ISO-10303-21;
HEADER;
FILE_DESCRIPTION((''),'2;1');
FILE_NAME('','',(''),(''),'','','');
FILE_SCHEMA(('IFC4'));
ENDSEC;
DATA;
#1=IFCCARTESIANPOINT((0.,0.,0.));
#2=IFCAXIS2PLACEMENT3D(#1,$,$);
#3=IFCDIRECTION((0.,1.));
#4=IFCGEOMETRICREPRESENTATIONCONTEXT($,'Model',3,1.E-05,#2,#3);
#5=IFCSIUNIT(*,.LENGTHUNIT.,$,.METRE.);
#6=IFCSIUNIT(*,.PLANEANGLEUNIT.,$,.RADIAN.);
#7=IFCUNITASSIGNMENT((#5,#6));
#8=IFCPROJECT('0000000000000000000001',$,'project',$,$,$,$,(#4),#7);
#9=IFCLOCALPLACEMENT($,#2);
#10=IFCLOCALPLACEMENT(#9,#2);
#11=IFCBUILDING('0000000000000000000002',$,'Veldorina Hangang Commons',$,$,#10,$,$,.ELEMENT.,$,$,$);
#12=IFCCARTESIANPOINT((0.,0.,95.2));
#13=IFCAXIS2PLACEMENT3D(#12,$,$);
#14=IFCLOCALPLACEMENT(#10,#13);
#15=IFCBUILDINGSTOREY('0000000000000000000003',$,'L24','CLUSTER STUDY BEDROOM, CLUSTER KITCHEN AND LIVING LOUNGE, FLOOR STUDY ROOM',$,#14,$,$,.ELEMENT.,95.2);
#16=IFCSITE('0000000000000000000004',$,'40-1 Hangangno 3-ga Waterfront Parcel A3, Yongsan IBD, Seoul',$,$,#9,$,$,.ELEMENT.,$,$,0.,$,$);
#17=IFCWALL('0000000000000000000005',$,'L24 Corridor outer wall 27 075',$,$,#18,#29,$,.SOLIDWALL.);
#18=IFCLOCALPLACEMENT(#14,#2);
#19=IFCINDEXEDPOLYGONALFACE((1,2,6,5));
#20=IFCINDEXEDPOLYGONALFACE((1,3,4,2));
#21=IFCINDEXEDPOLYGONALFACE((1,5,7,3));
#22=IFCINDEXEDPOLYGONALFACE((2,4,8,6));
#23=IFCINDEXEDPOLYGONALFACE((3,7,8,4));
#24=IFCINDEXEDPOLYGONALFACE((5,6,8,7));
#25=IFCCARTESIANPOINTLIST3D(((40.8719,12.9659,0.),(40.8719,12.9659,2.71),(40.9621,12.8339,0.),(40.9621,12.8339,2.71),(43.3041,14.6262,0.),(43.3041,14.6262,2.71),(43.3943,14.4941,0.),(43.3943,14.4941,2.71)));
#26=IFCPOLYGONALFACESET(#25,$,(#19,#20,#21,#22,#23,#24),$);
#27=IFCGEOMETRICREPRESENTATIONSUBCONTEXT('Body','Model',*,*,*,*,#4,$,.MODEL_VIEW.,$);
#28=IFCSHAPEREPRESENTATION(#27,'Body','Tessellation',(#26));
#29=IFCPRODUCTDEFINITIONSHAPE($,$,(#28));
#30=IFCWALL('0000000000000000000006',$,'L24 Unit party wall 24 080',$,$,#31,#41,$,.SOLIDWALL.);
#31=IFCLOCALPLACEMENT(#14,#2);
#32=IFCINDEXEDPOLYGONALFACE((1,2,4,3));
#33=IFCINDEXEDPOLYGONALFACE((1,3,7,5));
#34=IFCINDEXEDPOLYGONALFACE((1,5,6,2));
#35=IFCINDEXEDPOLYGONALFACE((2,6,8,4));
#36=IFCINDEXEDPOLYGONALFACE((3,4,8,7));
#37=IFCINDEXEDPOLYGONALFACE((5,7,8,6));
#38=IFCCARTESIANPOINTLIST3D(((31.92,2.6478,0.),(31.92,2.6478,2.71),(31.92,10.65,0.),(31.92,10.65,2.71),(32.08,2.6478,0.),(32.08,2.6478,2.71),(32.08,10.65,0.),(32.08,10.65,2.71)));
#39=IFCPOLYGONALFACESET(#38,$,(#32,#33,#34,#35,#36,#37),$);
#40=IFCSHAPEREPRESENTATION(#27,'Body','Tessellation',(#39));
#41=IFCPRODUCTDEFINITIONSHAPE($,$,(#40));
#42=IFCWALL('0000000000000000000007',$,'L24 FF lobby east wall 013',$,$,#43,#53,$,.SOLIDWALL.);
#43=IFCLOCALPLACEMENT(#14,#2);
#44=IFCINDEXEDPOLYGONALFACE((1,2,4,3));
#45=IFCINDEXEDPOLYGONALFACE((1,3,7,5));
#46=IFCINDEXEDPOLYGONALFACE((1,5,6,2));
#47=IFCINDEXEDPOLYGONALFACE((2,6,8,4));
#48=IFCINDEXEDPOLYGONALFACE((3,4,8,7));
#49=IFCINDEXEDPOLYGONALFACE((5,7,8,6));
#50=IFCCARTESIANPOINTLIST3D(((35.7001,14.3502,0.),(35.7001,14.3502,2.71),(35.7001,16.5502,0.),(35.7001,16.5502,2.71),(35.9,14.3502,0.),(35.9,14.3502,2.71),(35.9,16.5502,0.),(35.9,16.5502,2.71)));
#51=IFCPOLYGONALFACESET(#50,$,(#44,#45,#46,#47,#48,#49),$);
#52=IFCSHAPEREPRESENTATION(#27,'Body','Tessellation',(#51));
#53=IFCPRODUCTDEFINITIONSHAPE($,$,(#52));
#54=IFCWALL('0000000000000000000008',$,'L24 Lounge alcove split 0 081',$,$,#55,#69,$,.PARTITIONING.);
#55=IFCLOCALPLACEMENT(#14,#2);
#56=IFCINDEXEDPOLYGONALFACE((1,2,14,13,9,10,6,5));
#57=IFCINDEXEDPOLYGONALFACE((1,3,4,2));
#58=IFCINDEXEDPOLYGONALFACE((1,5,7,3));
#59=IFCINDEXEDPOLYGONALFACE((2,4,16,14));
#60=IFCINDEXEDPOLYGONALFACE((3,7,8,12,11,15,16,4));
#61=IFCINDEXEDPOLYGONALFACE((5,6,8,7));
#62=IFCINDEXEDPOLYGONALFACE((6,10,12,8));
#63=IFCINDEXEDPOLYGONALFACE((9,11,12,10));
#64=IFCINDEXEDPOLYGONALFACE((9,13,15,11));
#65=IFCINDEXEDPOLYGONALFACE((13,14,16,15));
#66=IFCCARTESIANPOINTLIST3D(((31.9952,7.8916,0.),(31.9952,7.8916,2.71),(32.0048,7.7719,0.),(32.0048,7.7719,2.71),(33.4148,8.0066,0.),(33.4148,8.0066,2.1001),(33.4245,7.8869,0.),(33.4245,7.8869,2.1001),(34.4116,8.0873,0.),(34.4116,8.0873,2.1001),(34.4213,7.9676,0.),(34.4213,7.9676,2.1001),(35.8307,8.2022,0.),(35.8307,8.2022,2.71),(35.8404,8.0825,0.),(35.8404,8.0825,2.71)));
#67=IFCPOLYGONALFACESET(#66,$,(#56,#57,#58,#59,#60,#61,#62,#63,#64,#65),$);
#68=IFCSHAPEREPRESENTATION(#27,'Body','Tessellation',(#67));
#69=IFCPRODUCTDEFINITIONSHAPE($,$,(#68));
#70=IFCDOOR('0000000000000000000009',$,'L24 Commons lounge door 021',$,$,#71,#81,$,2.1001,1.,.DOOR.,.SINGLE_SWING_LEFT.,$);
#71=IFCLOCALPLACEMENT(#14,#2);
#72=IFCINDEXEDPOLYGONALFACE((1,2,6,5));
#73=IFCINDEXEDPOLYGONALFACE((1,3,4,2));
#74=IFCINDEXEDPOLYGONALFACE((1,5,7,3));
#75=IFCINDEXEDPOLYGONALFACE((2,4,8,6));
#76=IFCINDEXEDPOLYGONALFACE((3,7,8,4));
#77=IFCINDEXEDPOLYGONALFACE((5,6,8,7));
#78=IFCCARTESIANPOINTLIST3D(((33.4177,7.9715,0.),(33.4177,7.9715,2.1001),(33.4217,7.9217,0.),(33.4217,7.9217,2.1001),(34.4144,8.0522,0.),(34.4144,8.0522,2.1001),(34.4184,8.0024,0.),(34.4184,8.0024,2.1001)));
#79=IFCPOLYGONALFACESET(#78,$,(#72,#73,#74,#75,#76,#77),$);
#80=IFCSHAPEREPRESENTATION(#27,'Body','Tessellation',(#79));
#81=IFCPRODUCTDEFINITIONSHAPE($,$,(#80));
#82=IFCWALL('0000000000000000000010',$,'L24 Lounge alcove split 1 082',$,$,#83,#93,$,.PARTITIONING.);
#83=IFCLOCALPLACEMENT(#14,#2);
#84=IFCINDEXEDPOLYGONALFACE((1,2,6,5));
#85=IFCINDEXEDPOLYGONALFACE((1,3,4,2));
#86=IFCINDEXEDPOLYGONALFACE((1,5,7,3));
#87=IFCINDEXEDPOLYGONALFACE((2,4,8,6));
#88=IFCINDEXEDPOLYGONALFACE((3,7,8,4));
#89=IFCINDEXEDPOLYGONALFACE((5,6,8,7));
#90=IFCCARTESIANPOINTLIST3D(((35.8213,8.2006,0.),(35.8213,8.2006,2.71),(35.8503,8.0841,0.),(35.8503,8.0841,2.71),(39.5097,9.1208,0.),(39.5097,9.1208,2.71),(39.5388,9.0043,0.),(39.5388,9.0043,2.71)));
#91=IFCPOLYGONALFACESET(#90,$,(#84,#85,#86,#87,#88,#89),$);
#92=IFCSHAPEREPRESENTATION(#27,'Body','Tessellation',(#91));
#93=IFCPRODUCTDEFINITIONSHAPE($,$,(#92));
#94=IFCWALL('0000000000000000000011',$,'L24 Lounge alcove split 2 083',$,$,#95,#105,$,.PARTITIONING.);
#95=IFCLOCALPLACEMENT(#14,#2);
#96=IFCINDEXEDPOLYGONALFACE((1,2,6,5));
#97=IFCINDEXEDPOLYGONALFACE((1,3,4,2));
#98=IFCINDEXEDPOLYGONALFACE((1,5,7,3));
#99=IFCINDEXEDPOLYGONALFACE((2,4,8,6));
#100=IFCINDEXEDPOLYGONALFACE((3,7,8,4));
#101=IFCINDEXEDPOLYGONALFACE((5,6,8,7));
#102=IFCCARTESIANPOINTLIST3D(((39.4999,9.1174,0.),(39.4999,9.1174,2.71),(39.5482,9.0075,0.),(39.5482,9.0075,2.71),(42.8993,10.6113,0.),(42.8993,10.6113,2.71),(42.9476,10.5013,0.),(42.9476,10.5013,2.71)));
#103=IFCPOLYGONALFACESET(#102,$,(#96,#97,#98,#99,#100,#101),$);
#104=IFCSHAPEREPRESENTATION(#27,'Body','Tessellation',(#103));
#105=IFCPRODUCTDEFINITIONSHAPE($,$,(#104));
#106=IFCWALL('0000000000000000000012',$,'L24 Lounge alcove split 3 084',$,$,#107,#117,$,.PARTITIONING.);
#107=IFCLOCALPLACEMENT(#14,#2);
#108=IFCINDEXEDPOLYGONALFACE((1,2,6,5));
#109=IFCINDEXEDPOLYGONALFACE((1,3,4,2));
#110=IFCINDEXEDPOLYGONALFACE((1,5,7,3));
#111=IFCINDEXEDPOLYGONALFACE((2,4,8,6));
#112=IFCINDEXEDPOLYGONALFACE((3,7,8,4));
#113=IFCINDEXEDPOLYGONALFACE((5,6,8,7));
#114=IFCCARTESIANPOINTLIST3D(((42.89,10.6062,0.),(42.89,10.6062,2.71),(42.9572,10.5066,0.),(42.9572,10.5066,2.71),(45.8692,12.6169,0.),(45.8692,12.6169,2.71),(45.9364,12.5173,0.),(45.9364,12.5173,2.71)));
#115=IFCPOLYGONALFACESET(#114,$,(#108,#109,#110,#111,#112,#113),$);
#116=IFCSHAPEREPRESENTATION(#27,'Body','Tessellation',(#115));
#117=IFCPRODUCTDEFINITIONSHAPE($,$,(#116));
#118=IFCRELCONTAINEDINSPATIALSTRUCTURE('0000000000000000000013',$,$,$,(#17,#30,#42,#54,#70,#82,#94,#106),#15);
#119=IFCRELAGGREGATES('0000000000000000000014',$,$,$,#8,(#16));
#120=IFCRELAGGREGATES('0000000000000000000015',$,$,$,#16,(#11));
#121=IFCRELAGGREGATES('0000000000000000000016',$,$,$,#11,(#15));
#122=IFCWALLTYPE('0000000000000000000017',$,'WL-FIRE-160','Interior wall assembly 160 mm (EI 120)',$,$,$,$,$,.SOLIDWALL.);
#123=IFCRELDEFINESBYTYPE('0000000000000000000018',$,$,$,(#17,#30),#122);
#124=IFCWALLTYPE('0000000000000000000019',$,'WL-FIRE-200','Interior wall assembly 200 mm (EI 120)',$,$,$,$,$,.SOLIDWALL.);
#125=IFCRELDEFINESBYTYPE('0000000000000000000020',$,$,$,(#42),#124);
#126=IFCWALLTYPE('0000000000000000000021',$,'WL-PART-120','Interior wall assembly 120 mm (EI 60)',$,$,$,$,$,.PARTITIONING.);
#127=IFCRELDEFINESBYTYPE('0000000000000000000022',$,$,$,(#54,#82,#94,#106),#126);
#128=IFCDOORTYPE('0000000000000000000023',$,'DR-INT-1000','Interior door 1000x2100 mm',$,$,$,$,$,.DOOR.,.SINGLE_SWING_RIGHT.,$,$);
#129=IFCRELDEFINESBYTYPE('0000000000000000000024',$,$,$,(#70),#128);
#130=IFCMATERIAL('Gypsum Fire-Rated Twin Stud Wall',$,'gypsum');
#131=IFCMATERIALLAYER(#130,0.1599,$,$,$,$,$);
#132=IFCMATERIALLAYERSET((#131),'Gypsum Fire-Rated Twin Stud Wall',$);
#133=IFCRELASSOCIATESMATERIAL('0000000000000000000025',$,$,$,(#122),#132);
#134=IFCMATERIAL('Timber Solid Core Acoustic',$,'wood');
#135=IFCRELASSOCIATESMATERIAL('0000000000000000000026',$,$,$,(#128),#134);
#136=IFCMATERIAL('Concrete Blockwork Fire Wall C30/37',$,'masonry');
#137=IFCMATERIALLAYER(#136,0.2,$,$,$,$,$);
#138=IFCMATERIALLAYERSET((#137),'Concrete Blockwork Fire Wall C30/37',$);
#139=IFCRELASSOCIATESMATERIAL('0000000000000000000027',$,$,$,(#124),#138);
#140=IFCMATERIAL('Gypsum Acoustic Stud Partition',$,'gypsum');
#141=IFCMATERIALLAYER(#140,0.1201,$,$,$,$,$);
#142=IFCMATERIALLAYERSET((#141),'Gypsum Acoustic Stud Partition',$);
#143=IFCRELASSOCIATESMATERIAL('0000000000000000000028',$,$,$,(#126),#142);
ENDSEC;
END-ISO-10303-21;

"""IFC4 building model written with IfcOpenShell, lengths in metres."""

from ifc_helpers import new_model, si_unit, direction, frame, frame_2d, origin, place, context, subcontext, project, spatial, rectangle, extrude, material, layer, layer_set, type_object, element, fill, save


model = new_model("IFC4")

# Units and contexts
model_context = context("Model", 3, precision=1e-05, world=origin(), true_north=direction((0.0, 1.0)))
body_context = subcontext(model_context, "Body", "Model", "MODEL_VIEW")
ifc_project = project(units=[si_unit("LENGTHUNIT", "METRE"), si_unit("PLANEANGLEUNIT", "RADIAN")], contexts=[model_context])

# Site, building, storey
site_placement = place(None, origin())
site = spatial("IfcSite", under=ifc_project, at=site_placement, Name="40-1 Hangangno 3-ga Waterfront Parcel A3, Yongsan IBD, Seoul", CompositionType="ELEMENT", RefElevation=0.0)
building_placement = place(site_placement, origin())
building = spatial("IfcBuilding", under=site, at=building_placement, Name="Veldorina Hangang Commons", CompositionType="ELEMENT")
storey_placement = place(building_placement, frame((0.0, 0.0, 95.2)))
storey = spatial("IfcBuildingStorey", under=building, at=storey_placement, Name="L24", Description="CLUSTER STUDY BEDROOM, CLUSTER KITCHEN AND LIVING LOUNGE, FLOOR STUDY ROOM", CompositionType="ELEMENT", Elevation=95.2)

# Shared definitions
ifc_material_1 = material(Name="Gypsum Fire-Rated Twin Stud Wall", Category="gypsum")
ifc_layer_1 = layer(ifc_material_1, 0.1599)
ifc_layer_set_1 = layer_set([ifc_layer_1], Name="Gypsum Fire-Rated Twin Stud Wall")
wall_type_1 = type_object("IfcWallType", Name="WL-FIRE-160", Description="Interior wall assembly 160 mm (EI 120)", PredefinedType="SOLIDWALL", material=ifc_layer_set_1)

# Shared definitions
ifc_material_2 = material(Name="Timber Solid Core Acoustic", Category="wood")
door_type_1 = type_object("IfcDoorType", Name="DR-INT-1000", Description="Interior door 1000x2100 mm", OperationType="SINGLE_SWING_RIGHT", PredefinedType="DOOR", material=ifc_material_2)

# Walls
wall_1_placement = place(storey_placement, frame((40.917, 12.8999, 0.0), z_axis=(0.0, 0.0, 1.0), x_axis=(0.825929, 0.563774, 0.0)))
element("IfcWall", 1, at=wall_1_placement, inside=storey, type_object=wall_type_1, Name="L24 Corridor outer wall 27 075", PredefinedType="SOLIDWALL", context=body_context, shape_type="SweptSolid", body=[
    extrude(rectangle(XDim=2.9448, YDim=0.1599, at=frame_2d((1.4724, 0.0))), origin(), (0.0, 0.0, 1.0), 2.71),
])
wall_2_placement = place(storey_placement, frame((32.0, 10.6499, 0.0), z_axis=(0.0, 0.0, 1.0), x_axis=(0.0, -1.0, 0.0)))
element("IfcWall", 2, at=wall_2_placement, inside=storey, type_object=wall_type_1, Name="L24 Unit party wall 24 080", PredefinedType="SOLIDWALL", context=body_context, shape_type="SweptSolid", body=[
    extrude(rectangle(XDim=8.0022, YDim=0.1599, at=frame_2d((4.001, 0.0))), origin(), (0.0, 0.0, 1.0), 2.71),
])
ifc_material_3 = material(Name="Concrete Blockwork Fire Wall C30/37", Category="masonry")
ifc_layer_2 = layer(ifc_material_3, 0.2)
ifc_layer_set_2 = layer_set([ifc_layer_2], Name="Concrete Blockwork Fire Wall C30/37")
wall_type_2 = type_object("IfcWallType", Name="WL-FIRE-200", Description="Interior wall assembly 200 mm (EI 120)", PredefinedType="SOLIDWALL", material=ifc_layer_set_2)
wall_3_placement = place(storey_placement, frame((35.8, 14.3501, 0.0), z_axis=(0.0, 0.0, 1.0), x_axis=(0.0, 1.0, 0.0)))
element("IfcWall", 3, at=wall_3_placement, inside=storey, type_object=wall_type_2, Name="L24 FF lobby east wall 013", PredefinedType="SOLIDWALL", context=body_context, shape_type="SweptSolid", body=[
    extrude(rectangle(XDim=2.2, YDim=0.2, at=frame_2d((1.1001, 0.0))), origin(), (0.0, 0.0, 1.0), 2.71),
])

# Wall, opening, door
ifc_material_4 = material(Name="Gypsum Acoustic Stud Partition", Category="gypsum")
ifc_layer_3 = layer(ifc_material_4, 0.1201)
ifc_layer_set_3 = layer_set([ifc_layer_3], Name="Gypsum Acoustic Stud Partition")
wall_type_3 = type_object("IfcWallType", Name="WL-PART-120", Description="Interior wall assembly 120 mm (EI 60)", PredefinedType="PARTITIONING", material=ifc_layer_set_3)
wall_4_placement = place(storey_placement, frame((32.0, 7.8318, 0.0), z_axis=(0.0, 0.0, 1.0), x_axis=(0.996739, 0.080698, 0.0)))
wall_4 = element("IfcWall", 4, at=wall_4_placement, inside=storey, type_object=wall_type_3, Name="L24 Lounge alcove split 0 081", PredefinedType="PARTITIONING", context=body_context, shape_type="SweptSolid", body=[
    extrude(rectangle(XDim=3.8481, YDim=0.1201, at=frame_2d((1.9241, 0.0))), origin(), (0.0, 0.0, 1.0), 2.71),
])
opening_1_placement = place(wall_4_placement, frame((1.4243, 0.0, 0.0)))
opening_1 = element("IfcOpeningElement", 5, at=opening_1_placement, cuts=wall_4, PredefinedType="OPENING", context=body_context, shape_type="SweptSolid", body=[
    extrude(rectangle(XDim=1.0, YDim=2.1001, at=frame_2d((0.5, 1.05))), frame((0.0, 0.0701, 0.0), z_axis=(0.0, -1.0, 0.0), x_axis=(1.0, 0.0, 0.0)), (0.0, 0.0, 1.0), 0.1401),
])
door_1_placement = place(opening_1_placement, origin())
door_1 = element("IfcDoor", 6, at=door_1_placement, inside=storey, type_object=door_type_1, Name="L24 Commons lounge door 021", OperationType="SINGLE_SWING_LEFT", OverallHeight=2.1001, OverallWidth=1.0, PredefinedType="DOOR", context=body_context, shape_type="SweptSolid", body=[
    extrude(rectangle(XDim=1.0, YDim=2.1001, at=frame_2d((0.5, 1.05))), frame((0.0, 0.0249, 0.0), z_axis=(0.0, -1.0, 0.0), x_axis=(1.0, 0.0, 0.0)), (0.0, 0.0, 1.0), 0.05),
])
fill(opening_1, door_1)

# Walls
wall_5_placement = place(storey_placement, frame((35.8357, 8.1423, 0.0), z_axis=(0.0, 0.0, 1.0), x_axis=(0.970263, 0.242052, 0.0)))
element("IfcWall", 7, at=wall_5_placement, inside=storey, type_object=wall_type_3, Name="L24 Lounge alcove split 1 082", PredefinedType="PARTITIONING", context=body_context, shape_type="SweptSolid", body=[
    extrude(rectangle(XDim=3.8015, YDim=0.1201, at=frame_2d((1.9009, 0.0))), origin(), (0.0, 0.0, 1.0), 2.71),
])
wall_6_placement = place(storey_placement, frame((39.5242, 9.0625, 0.0), z_axis=(0.0, 0.0, 1.0), x_axis=(0.915498, 0.402322, 0.0)))
element("IfcWall", 8, at=wall_6_placement, inside=storey, type_object=wall_type_3, Name="L24 Lounge alcove split 2 083", PredefinedType="PARTITIONING", context=body_context, shape_type="SweptSolid", body=[
    extrude(rectangle(XDim=3.7131, YDim=0.1201, at=frame_2d((1.8564, 0.0))), origin(), (0.0, 0.0, 1.0), 2.71),
])
wall_7_placement = place(storey_placement, frame((42.9236, 10.5564, 0.0), z_axis=(0.0, 0.0, 1.0), x_axis=(0.828881, 0.559425, 0.0)))
element("IfcWall", 9, at=wall_7_placement, inside=storey, type_object=wall_type_3, Name="L24 Lounge alcove split 3 084", PredefinedType="PARTITIONING", context=body_context, shape_type="SweptSolid", body=[
    extrude(rectangle(XDim=3.5942, YDim=0.1201, at=frame_2d((1.7971, 0.0))), origin(), (0.0, 0.0, 1.0), 2.71),
])

save(model, "model.ifc")
